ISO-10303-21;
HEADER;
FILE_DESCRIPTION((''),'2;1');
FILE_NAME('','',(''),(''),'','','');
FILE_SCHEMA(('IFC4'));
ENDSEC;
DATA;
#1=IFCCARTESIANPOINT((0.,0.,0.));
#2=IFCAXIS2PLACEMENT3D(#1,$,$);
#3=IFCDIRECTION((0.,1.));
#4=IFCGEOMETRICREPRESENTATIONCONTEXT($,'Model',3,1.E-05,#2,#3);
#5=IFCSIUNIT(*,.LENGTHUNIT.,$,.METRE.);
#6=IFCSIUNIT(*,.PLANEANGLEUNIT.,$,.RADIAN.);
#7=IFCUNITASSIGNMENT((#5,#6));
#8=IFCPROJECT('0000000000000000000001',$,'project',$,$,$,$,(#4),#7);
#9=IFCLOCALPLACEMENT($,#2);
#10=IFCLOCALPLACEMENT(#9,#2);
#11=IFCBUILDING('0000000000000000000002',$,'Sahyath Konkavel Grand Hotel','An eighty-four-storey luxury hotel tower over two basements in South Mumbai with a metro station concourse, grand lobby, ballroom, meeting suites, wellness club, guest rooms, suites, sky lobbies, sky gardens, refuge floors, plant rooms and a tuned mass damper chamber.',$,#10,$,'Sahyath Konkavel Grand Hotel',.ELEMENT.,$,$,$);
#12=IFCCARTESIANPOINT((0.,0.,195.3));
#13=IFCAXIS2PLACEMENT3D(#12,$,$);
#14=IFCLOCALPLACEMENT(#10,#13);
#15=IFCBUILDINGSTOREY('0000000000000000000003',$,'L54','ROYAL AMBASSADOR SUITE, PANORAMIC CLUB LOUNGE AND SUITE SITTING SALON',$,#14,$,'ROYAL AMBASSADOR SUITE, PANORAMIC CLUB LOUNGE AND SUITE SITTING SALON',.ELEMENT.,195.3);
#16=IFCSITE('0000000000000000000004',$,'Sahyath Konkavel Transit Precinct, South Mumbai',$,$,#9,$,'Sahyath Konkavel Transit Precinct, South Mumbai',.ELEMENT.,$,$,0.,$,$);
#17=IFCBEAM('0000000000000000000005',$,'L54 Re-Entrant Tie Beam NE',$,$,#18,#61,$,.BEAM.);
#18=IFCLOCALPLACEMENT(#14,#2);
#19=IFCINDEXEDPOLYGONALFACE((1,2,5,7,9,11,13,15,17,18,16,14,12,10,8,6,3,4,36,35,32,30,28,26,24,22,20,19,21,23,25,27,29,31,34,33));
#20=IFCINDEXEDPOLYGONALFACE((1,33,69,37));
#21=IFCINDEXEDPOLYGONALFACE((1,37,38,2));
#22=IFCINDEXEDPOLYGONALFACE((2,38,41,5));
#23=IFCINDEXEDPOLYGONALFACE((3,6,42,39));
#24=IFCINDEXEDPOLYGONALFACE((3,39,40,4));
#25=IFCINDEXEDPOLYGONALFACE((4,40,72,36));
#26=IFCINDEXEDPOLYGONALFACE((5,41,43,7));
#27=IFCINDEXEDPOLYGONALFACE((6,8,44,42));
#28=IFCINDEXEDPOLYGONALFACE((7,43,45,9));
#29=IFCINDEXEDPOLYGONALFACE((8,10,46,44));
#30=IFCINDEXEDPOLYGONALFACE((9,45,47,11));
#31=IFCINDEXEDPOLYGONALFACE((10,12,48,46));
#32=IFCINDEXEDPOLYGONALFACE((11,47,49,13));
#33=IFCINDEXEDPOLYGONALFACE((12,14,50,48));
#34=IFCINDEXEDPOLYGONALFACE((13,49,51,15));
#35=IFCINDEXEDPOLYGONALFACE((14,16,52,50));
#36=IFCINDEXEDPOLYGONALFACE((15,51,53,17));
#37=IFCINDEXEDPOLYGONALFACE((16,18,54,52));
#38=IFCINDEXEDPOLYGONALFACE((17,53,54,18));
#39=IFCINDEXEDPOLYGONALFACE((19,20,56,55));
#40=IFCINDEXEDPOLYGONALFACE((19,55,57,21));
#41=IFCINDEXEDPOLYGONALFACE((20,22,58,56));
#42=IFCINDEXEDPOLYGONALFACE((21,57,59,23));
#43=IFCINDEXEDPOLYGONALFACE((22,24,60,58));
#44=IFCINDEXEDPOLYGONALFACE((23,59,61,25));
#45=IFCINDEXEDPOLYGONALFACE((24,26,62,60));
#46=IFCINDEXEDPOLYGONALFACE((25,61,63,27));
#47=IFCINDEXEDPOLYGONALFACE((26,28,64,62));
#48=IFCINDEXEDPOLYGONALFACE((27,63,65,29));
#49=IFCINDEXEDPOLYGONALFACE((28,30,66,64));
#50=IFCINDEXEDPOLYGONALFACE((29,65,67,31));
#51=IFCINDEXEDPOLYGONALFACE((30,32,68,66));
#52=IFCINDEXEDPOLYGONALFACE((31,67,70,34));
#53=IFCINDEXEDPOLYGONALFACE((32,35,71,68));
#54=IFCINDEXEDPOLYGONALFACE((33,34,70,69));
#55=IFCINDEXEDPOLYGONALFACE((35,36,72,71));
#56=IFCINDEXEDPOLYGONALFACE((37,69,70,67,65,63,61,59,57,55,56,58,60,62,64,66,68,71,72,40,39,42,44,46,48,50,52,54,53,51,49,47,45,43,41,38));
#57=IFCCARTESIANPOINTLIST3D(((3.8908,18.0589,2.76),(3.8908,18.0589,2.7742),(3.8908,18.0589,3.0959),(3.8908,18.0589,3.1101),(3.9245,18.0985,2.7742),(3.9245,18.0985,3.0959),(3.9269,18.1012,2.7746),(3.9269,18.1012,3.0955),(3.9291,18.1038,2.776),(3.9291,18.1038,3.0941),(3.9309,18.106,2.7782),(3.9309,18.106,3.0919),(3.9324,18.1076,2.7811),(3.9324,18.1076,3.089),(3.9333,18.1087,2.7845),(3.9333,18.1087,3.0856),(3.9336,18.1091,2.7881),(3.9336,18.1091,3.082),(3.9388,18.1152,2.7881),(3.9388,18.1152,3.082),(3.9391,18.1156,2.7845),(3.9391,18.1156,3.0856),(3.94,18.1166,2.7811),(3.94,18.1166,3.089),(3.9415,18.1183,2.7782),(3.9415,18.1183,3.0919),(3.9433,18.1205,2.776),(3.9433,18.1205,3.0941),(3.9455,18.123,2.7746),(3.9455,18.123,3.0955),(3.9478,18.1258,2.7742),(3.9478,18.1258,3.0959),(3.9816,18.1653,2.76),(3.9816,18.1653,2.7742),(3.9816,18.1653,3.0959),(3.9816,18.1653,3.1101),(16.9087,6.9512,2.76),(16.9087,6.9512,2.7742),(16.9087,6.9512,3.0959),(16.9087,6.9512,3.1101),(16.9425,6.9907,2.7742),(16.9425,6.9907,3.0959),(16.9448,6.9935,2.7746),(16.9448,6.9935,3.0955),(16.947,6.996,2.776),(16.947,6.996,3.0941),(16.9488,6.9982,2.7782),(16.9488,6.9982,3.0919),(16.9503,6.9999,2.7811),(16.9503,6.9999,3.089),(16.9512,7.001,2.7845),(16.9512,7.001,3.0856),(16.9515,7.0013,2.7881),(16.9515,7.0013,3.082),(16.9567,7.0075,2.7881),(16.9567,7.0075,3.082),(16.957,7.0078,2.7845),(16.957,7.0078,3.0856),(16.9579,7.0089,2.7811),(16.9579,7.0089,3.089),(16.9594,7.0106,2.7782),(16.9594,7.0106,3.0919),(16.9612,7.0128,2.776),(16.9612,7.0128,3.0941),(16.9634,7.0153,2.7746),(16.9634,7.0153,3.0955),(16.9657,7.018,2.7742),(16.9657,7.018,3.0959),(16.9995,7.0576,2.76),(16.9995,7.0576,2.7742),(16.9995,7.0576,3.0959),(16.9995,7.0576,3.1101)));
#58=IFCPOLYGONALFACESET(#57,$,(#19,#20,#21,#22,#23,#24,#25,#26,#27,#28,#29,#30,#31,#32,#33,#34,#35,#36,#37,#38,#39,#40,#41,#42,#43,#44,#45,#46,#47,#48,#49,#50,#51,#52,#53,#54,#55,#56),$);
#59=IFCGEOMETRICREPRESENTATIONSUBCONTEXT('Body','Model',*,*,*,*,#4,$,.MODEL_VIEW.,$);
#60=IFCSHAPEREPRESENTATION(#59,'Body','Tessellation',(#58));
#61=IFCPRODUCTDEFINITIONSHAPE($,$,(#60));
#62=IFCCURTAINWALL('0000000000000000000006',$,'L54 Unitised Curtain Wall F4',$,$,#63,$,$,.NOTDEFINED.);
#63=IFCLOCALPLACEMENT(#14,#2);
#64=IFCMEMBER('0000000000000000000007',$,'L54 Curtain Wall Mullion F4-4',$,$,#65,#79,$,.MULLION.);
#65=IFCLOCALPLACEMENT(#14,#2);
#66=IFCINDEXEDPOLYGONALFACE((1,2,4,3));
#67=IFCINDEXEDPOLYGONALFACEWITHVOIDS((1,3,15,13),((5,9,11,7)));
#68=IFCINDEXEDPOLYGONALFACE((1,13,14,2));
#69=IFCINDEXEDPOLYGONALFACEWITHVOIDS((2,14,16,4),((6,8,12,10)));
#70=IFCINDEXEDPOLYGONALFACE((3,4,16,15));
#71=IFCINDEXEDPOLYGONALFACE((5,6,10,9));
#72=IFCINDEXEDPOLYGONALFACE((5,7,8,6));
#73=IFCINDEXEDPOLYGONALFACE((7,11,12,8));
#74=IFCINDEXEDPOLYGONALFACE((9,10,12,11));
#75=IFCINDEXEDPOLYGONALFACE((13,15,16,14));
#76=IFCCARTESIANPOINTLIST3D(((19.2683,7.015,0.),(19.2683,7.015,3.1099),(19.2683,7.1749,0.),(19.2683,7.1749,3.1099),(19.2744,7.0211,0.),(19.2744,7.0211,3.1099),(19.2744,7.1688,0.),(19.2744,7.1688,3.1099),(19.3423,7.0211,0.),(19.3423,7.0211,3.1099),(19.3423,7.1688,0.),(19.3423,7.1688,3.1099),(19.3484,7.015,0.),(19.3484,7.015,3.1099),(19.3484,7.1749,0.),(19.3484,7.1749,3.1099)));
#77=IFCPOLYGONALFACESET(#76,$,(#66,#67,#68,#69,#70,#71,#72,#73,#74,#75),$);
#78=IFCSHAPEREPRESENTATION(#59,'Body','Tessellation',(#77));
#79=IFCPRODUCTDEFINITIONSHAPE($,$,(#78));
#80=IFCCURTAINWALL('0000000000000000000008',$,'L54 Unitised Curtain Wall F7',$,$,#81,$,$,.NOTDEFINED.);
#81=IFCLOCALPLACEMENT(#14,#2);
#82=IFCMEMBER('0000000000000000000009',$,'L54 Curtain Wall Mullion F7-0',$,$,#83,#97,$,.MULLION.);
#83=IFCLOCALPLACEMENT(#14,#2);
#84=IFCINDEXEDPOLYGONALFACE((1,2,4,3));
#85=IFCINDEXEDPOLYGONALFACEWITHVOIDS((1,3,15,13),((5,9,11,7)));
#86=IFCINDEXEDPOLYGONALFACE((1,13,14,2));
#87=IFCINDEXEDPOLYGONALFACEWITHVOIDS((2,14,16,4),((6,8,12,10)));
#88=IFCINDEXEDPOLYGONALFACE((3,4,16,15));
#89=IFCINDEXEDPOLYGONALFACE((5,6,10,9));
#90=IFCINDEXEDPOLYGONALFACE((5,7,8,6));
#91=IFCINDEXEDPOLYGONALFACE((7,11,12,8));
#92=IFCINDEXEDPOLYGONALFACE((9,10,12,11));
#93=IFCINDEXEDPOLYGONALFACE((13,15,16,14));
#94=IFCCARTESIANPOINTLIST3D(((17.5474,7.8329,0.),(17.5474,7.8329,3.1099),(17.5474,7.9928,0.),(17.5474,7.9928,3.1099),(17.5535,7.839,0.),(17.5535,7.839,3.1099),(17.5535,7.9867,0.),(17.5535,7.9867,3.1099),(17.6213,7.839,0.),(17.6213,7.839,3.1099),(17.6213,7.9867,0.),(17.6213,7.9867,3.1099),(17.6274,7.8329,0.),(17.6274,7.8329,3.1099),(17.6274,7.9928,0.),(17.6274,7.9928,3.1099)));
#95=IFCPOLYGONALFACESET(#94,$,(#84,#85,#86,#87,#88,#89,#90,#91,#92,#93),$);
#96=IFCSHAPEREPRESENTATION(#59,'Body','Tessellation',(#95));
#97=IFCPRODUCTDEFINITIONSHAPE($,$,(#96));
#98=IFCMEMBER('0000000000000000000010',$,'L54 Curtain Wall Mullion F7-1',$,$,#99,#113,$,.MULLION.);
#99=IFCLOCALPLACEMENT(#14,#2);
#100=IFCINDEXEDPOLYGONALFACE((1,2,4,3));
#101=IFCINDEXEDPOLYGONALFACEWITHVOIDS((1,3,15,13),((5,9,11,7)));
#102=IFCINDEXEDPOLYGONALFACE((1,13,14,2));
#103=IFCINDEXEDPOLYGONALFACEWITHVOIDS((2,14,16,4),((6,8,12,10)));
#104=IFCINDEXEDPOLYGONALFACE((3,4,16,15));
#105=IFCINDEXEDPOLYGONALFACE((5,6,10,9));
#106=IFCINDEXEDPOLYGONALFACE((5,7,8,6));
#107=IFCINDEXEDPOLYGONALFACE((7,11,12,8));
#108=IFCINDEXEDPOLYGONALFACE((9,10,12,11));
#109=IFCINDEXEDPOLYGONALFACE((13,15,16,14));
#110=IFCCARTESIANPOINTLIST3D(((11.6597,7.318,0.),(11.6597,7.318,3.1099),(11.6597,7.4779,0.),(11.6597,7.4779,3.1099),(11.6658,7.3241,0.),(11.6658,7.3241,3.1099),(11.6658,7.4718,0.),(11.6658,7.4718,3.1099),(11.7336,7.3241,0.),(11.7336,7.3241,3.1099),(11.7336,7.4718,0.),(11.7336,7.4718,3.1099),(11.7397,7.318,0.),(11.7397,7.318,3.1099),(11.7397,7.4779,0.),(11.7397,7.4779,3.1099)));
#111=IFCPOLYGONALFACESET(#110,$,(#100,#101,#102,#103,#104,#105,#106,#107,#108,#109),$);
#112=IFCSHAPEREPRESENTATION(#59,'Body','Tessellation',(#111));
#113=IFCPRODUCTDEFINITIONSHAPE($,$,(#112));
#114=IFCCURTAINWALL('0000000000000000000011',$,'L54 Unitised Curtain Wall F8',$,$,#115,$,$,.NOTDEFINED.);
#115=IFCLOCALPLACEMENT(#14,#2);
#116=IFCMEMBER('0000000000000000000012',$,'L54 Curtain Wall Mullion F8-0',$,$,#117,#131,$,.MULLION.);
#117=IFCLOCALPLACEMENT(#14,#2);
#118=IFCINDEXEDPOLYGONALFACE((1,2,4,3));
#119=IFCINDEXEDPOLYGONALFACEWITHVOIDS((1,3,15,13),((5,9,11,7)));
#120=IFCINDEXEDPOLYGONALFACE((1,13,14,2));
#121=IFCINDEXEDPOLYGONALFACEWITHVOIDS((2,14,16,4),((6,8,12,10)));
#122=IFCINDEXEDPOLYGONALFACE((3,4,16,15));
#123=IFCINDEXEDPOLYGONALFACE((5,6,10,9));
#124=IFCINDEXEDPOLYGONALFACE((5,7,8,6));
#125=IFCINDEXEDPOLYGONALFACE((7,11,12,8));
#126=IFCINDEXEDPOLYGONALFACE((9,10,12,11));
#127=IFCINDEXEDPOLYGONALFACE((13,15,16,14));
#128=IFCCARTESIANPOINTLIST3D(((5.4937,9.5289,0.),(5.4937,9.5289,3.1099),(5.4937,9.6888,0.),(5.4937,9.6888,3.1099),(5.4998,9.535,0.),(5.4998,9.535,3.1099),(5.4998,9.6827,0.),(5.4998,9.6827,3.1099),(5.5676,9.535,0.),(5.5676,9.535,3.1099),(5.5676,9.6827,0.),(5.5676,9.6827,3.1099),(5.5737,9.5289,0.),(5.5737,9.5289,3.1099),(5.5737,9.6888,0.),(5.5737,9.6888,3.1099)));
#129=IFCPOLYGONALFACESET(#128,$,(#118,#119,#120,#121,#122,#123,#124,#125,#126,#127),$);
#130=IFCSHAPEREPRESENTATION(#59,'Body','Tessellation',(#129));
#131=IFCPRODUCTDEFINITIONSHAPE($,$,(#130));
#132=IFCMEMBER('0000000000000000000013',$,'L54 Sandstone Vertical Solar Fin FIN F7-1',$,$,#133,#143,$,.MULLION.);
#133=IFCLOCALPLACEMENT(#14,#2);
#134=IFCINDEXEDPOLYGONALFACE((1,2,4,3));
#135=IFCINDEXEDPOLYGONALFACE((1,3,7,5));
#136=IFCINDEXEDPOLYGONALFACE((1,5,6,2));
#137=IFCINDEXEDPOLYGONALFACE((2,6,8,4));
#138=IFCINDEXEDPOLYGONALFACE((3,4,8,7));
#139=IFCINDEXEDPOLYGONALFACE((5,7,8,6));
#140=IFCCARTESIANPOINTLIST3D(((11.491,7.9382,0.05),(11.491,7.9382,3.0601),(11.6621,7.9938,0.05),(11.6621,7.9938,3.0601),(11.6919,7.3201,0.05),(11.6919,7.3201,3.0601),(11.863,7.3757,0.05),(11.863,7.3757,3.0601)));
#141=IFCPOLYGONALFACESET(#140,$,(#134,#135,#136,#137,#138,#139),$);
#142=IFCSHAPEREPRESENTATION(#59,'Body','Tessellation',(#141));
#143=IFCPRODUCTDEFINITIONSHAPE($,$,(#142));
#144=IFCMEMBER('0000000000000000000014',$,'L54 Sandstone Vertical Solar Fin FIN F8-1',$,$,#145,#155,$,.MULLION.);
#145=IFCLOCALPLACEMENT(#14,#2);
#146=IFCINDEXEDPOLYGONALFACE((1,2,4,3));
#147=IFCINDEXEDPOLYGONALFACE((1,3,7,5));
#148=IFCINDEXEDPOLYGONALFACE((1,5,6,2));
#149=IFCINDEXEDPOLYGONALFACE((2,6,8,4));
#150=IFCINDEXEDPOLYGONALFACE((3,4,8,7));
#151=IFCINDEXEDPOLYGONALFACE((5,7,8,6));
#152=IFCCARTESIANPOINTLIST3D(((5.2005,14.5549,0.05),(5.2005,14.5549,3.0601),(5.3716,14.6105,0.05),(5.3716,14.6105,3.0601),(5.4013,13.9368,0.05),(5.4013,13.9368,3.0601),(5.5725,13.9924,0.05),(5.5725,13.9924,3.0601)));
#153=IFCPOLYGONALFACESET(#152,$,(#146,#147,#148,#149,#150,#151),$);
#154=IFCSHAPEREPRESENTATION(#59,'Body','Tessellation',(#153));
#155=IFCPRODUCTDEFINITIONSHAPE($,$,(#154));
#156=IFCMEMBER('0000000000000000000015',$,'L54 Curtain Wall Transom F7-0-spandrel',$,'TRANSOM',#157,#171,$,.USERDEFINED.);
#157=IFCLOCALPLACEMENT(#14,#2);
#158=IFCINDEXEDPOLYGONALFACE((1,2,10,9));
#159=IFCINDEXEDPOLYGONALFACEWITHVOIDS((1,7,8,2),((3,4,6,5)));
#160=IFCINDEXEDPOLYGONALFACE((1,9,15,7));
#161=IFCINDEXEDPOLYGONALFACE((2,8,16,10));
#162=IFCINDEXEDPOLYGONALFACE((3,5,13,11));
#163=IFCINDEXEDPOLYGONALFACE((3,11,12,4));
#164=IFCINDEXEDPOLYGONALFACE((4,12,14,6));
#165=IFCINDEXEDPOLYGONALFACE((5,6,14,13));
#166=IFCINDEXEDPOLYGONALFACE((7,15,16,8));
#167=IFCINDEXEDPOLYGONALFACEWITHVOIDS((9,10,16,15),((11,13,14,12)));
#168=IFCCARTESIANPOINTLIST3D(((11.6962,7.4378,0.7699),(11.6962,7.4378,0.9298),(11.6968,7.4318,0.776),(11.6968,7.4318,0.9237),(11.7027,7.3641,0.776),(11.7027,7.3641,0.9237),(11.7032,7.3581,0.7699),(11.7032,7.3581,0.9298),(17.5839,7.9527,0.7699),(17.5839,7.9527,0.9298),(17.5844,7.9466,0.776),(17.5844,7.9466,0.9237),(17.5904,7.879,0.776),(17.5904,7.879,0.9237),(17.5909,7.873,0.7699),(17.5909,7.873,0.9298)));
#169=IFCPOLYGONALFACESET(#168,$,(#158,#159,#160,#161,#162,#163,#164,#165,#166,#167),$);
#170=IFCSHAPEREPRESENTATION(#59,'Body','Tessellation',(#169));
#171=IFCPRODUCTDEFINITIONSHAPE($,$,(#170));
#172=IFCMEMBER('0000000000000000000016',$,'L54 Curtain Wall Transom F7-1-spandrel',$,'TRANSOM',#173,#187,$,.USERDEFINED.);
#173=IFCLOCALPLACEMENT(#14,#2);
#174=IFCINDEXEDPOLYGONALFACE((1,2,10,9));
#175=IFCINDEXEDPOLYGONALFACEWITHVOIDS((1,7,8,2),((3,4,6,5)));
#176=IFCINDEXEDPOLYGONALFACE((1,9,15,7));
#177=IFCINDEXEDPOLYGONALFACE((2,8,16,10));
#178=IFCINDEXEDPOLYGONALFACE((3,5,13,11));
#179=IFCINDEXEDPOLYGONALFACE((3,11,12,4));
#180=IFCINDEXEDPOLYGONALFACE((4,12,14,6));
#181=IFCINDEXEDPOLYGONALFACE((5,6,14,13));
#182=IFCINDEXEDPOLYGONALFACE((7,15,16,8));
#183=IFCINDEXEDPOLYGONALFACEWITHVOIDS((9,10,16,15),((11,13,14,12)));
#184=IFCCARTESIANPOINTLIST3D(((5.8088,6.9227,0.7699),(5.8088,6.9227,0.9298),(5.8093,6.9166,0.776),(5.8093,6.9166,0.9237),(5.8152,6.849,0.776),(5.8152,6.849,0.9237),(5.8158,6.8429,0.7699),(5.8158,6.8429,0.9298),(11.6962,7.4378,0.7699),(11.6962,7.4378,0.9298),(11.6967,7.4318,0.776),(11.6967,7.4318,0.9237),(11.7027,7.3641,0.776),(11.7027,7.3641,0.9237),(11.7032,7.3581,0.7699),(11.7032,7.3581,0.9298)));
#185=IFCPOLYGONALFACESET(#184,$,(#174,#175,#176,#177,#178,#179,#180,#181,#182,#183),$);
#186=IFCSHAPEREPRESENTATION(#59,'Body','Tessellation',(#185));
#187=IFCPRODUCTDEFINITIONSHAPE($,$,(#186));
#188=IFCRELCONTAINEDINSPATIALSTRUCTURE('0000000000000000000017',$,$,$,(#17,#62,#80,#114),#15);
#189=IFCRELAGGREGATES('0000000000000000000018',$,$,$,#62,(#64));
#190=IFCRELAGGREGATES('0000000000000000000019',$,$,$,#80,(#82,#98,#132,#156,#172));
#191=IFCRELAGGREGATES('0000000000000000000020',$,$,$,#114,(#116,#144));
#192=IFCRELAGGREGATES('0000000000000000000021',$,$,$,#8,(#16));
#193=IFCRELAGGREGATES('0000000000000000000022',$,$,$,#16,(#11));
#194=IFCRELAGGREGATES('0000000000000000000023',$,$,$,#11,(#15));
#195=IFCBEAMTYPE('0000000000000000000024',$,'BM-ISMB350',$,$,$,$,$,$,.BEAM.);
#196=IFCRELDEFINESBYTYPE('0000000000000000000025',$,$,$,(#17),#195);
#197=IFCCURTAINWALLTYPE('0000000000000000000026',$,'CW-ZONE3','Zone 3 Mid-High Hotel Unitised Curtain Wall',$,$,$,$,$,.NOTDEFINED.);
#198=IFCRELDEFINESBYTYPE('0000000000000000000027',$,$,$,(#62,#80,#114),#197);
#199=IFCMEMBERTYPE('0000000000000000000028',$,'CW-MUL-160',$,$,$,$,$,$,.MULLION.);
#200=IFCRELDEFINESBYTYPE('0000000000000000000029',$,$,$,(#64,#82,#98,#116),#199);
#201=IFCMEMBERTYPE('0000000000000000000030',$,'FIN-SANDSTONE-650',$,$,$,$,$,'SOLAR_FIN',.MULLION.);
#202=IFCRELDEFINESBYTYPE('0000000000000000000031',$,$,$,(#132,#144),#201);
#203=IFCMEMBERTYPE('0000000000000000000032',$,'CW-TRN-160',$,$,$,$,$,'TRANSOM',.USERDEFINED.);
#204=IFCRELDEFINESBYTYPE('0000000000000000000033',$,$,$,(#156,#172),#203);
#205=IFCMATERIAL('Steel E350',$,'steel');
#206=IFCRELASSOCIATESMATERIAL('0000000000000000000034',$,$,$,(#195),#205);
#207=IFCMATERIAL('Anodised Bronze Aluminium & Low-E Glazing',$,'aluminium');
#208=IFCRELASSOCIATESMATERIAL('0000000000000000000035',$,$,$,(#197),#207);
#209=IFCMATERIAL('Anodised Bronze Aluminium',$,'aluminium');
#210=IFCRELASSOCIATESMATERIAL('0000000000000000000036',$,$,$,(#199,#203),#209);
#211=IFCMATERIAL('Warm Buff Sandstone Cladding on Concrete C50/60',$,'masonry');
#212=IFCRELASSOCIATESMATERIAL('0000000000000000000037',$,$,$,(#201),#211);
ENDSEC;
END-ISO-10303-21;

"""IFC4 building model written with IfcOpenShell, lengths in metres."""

from ifc_helpers import new_model, si_unit, direction, frame, origin, origin_2d, place, context, subcontext, project, spatial, rectangle, hollow_rectangle, i_section, extrude, source, transform, mapped, material, material_profile, profile_set, type_object, element, aggregate, save


model = new_model("IFC4")

# Units and contexts
model_context = context("Model", 3, precision=1e-05, world=origin(), true_north=direction((0.0, 1.0)))
body_context = subcontext(model_context, "Body", "Model", "MODEL_VIEW")
ifc_project = project(units=[si_unit("LENGTHUNIT", "METRE"), si_unit("PLANEANGLEUNIT", "RADIAN")], contexts=[model_context])

# Site, building, storey
site_placement = place(None, origin())
site = spatial("IfcSite", under=ifc_project, at=site_placement, Name="Sahyath Konkavel Transit Precinct, South Mumbai", LongName="Sahyath Konkavel Transit Precinct, South Mumbai", CompositionType="ELEMENT", RefElevation=0.0)
building_placement = place(site_placement, origin())
building = spatial("IfcBuilding", under=site, at=building_placement, Name="Sahyath Konkavel Grand Hotel", Description="An eighty-four-storey luxury hotel tower over two basements in South Mumbai with a metro station concourse, grand lobby, ballroom, meeting suites, wellness club, guest rooms, suites, sky lobbies, sky gardens, refuge floors, plant rooms and a tuned mass damper chamber.", LongName="Sahyath Konkavel Grand Hotel", CompositionType="ELEMENT")
storey_placement = place(building_placement, frame((0.0, 0.0, 195.3)))
storey = spatial("IfcBuildingStorey", under=building, at=storey_placement, Name="L54", Description="ROYAL AMBASSADOR SUITE, PANORAMIC CLUB LOUNGE AND SUITE SITTING SALON", LongName="ROYAL AMBASSADOR SUITE, PANORAMIC CLUB LOUNGE AND SUITE SITTING SALON", CompositionType="ELEMENT", Elevation=195.3)

# Beam
ifc_material_1 = material(Name="Steel E350", Category="steel")
ifc_material_profile_1 = material_profile(ifc_material_1, i_section(OverallWidth=0.1399, OverallDepth=0.3501, WebThickness=0.0081, FlangeThickness=0.0142, FilletRadius=0.0139, at=origin_2d()), Name="ISMB 350")
ifc_profile_set_1 = profile_set([ifc_material_profile_1], Name="Steel E350")
beam_type = type_object("IfcBeamType", Name="BM-ISMB350", PredefinedType="BEAM", material=ifc_profile_set_1)
shared_shape_1 = source(origin(), body_context, "Body", "SweptSolid", [
    extrude(i_section(OverallWidth=0.1399, OverallDepth=0.3501, WebThickness=0.0081, FlangeThickness=0.0142, FilletRadius=0.0139, at=origin_2d()), origin(), (0.0, 0.0, 1.0), 17.1128),
])
beam_placement = place(storey_placement, frame((16.9541, 7.0044, 2.9351), z_axis=(-0.760712, 0.64909, 0.0), x_axis=(-0.64909, -0.760712, 0.0)))
element("IfcBeam", 1, at=beam_placement, inside=storey, type_object=beam_type, Name="L54 Re-Entrant Tie Beam NE", PredefinedType="BEAM", context=body_context, shape_type="MappedRepresentation", body=[
    mapped(shared_shape_1, transform((0.0, 0.0, 0.0), scale=1.0)),
])

# Curtain wall, member
ifc_material_2 = material(Name="Anodised Bronze Aluminium & Low-E Glazing", Category="aluminium")
curtain_wall_type = type_object("IfcCurtainWallType", Name="CW-ZONE3", Description="Zone 3 Mid-High Hotel Unitised Curtain Wall", PredefinedType="NOTDEFINED", material=ifc_material_2)
curtain_wall_1_placement = place(storey_placement, origin())
curtain_wall_1 = element("IfcCurtainWall", 2, at=curtain_wall_1_placement, inside=storey, type_object=curtain_wall_type, Name="L54 Unitised Curtain Wall F4", PredefinedType="NOTDEFINED")
ifc_material_3 = material(Name="Anodised Bronze Aluminium", Category="aluminium")
ifc_material_profile_2 = material_profile(ifc_material_3, hollow_rectangle(XDim=0.0801, YDim=0.1599, WallThickness=0.0061, at=origin_2d()), Name="RHS 160x80x6")
ifc_profile_set_2 = profile_set([ifc_material_profile_2], Name="Anodised Bronze Aluminium")
member_type_1 = type_object("IfcMemberType", Name="CW-MUL-160", PredefinedType="MULLION", material=ifc_profile_set_2)
shared_shape_2 = source(origin(), body_context, "Body", "SweptSolid", [
    extrude(hollow_rectangle(XDim=0.0801, YDim=0.1599, WallThickness=0.0061, at=origin_2d()), origin(), (0.0, 0.0, 1.0), 3.1099),
])
member_1_placement = place(storey_placement, frame((19.3083, 7.095, 0.0), z_axis=(0.0, 0.0, 1.0), x_axis=(1.0, 0.0, 0.0)))
member_1 = element("IfcMember", 3, at=member_1_placement, type_object=member_type_1, Name="L54 Curtain Wall Mullion F4-4", PredefinedType="MULLION", context=body_context, shape_type="MappedRepresentation", body=[
    mapped(shared_shape_2, transform((0.0, 0.0, 0.0), scale=1.0)),
])
aggregate(curtain_wall_1, [member_1])

# Curtain wall, members
curtain_wall_2_placement = place(storey_placement, origin())
curtain_wall_2 = element("IfcCurtainWall", 4, at=curtain_wall_2_placement, inside=storey, type_object=curtain_wall_type, Name="L54 Unitised Curtain Wall F7", PredefinedType="NOTDEFINED")
member_2_placement = place(storey_placement, frame((17.5874, 7.9128, 0.0), z_axis=(0.0, 0.0, 1.0), x_axis=(1.0, 0.0, 0.0)))
member_2 = element("IfcMember", 5, at=member_2_placement, type_object=member_type_1, Name="L54 Curtain Wall Mullion F7-0", PredefinedType="MULLION", context=body_context, shape_type="MappedRepresentation", body=[
    mapped(shared_shape_2, transform((0.0, 0.0, 0.0), scale=1.0)),
])
member_3_placement = place(storey_placement, frame((11.6997, 7.3979, 0.0), z_axis=(0.0, 0.0, 1.0), x_axis=(1.0, 0.0, 0.0)))
member_3 = element("IfcMember", 6, at=member_3_placement, type_object=member_type_1, Name="L54 Curtain Wall Mullion F7-1", PredefinedType="MULLION", context=body_context, shape_type="MappedRepresentation", body=[
    mapped(shared_shape_2, transform((0.0, 0.0, 0.0), scale=1.0)),
])

# Curtain wall, member
curtain_wall_3_placement = place(storey_placement, origin())
curtain_wall_3 = element("IfcCurtainWall", 7, at=curtain_wall_3_placement, inside=storey, type_object=curtain_wall_type, Name="L54 Unitised Curtain Wall F8", PredefinedType="NOTDEFINED")
member_4_placement = place(storey_placement, frame((5.5337, 9.6089, 0.0), z_axis=(0.0, 0.0, 1.0), x_axis=(1.0, 0.0, 0.0)))
member_4 = element("IfcMember", 8, at=member_4_placement, type_object=member_type_1, Name="L54 Curtain Wall Mullion F8-0", PredefinedType="MULLION", context=body_context, shape_type="MappedRepresentation", body=[
    mapped(shared_shape_2, transform((0.0, 0.0, 0.0), scale=1.0)),
])

# Members
ifc_material_4 = material(Name="Warm Buff Sandstone Cladding on Concrete C50/60", Category="masonry")
ifc_material_profile_3 = material_profile(ifc_material_4, rectangle(XDim=0.1799, YDim=0.6499, at=origin_2d()), Name="FIN 180x650")
ifc_profile_set_3 = profile_set([ifc_material_profile_3], Name="Warm Buff Sandstone Cladding on Concrete C50/60")
member_type_2 = type_object("IfcMemberType", Name="FIN-SANDSTONE-650", ElementType="SOLAR_FIN", PredefinedType="MULLION", material=ifc_profile_set_3)
shared_shape_3 = source(origin(), body_context, "Body", "SweptSolid", [
    extrude(rectangle(XDim=0.1799, YDim=0.6499, at=origin_2d()), origin(), (0.0, 0.0, 1.0), 3.01),
])
member_5_placement = place(storey_placement, frame((11.677, 7.657, 0.05), z_axis=(0.0, 0.0, 1.0), x_axis=(0.951057, 0.309017, 0.0)))
member_5 = element("IfcMember", 9, at=member_5_placement, type_object=member_type_2, Name="L54 Sandstone Vertical Solar Fin FIN F7-1", PredefinedType="MULLION", context=body_context, shape_type="MappedRepresentation", body=[
    mapped(shared_shape_3, transform((0.0, 0.0, 0.0), scale=1.0)),
])
member_6_placement = place(storey_placement, frame((5.3865, 14.2737, 0.05), z_axis=(0.0, 0.0, 1.0), x_axis=(0.951057, 0.309017, 0.0)))
member_6 = element("IfcMember", 10, at=member_6_placement, type_object=member_type_2, Name="L54 Sandstone Vertical Solar Fin FIN F8-1", PredefinedType="MULLION", context=body_context, shape_type="MappedRepresentation", body=[
    mapped(shared_shape_3, transform((0.0, 0.0, 0.0), scale=1.0)),
])
ifc_material_profile_4 = material_profile(ifc_material_3, hollow_rectangle(XDim=0.0801, YDim=0.1599, WallThickness=0.0061, at=origin_2d()), Name="RHS 160x80x6")
ifc_profile_set_4 = profile_set([ifc_material_profile_4], Name="Anodised Bronze Aluminium")
member_type_3 = type_object("IfcMemberType", Name="CW-TRN-160", ElementType="TRANSOM", PredefinedType="USERDEFINED", material=ifc_profile_set_4)
shared_shape_4 = source(origin(), body_context, "Body", "SweptSolid", [
    extrude(hollow_rectangle(XDim=0.0801, YDim=0.1599, WallThickness=0.0061, at=origin_2d()), origin(), (0.0, 0.0, 1.0), 5.9102),
])
member_7_placement = place(storey_placement, frame((17.5874, 7.9128, 0.8499), z_axis=(-0.996198, -0.08712, 0.0), x_axis=(0.08712, -0.996198, 0.0)))
member_7 = element("IfcMember", 11, at=member_7_placement, type_object=member_type_3, Name="L54 Curtain Wall Transom F7-0-spandrel", ObjectType="TRANSOM", PredefinedType="USERDEFINED", context=body_context, shape_type="MappedRepresentation", body=[
    mapped(shared_shape_4, transform((0.0, 0.0, 0.0), scale=1.0)),
])
shared_shape_5 = source(origin(), body_context, "Body", "SweptSolid", [
    extrude(hollow_rectangle(XDim=0.0801, YDim=0.1599, WallThickness=0.0061, at=origin_2d()), origin(), (0.0, 0.0, 1.0), 5.9099),
])
member_8_placement = place(storey_placement, frame((11.6997, 7.3979, 0.8499), z_axis=(-0.996194, -0.087164, 0.0), x_axis=(0.087164, -0.996194, 0.0)))
member_8 = element("IfcMember", 12, at=member_8_placement, type_object=member_type_3, Name="L54 Curtain Wall Transom F7-1-spandrel", ObjectType="TRANSOM", PredefinedType="USERDEFINED", context=body_context, shape_type="MappedRepresentation", body=[
    mapped(shared_shape_5, transform((0.0, 0.0, 0.0), scale=1.0)),
])

aggregate(curtain_wall_2, [member_2, member_3, member_5, member_7, member_8])
aggregate(curtain_wall_3, [member_4, member_6])

save(model, "model.ifc")
